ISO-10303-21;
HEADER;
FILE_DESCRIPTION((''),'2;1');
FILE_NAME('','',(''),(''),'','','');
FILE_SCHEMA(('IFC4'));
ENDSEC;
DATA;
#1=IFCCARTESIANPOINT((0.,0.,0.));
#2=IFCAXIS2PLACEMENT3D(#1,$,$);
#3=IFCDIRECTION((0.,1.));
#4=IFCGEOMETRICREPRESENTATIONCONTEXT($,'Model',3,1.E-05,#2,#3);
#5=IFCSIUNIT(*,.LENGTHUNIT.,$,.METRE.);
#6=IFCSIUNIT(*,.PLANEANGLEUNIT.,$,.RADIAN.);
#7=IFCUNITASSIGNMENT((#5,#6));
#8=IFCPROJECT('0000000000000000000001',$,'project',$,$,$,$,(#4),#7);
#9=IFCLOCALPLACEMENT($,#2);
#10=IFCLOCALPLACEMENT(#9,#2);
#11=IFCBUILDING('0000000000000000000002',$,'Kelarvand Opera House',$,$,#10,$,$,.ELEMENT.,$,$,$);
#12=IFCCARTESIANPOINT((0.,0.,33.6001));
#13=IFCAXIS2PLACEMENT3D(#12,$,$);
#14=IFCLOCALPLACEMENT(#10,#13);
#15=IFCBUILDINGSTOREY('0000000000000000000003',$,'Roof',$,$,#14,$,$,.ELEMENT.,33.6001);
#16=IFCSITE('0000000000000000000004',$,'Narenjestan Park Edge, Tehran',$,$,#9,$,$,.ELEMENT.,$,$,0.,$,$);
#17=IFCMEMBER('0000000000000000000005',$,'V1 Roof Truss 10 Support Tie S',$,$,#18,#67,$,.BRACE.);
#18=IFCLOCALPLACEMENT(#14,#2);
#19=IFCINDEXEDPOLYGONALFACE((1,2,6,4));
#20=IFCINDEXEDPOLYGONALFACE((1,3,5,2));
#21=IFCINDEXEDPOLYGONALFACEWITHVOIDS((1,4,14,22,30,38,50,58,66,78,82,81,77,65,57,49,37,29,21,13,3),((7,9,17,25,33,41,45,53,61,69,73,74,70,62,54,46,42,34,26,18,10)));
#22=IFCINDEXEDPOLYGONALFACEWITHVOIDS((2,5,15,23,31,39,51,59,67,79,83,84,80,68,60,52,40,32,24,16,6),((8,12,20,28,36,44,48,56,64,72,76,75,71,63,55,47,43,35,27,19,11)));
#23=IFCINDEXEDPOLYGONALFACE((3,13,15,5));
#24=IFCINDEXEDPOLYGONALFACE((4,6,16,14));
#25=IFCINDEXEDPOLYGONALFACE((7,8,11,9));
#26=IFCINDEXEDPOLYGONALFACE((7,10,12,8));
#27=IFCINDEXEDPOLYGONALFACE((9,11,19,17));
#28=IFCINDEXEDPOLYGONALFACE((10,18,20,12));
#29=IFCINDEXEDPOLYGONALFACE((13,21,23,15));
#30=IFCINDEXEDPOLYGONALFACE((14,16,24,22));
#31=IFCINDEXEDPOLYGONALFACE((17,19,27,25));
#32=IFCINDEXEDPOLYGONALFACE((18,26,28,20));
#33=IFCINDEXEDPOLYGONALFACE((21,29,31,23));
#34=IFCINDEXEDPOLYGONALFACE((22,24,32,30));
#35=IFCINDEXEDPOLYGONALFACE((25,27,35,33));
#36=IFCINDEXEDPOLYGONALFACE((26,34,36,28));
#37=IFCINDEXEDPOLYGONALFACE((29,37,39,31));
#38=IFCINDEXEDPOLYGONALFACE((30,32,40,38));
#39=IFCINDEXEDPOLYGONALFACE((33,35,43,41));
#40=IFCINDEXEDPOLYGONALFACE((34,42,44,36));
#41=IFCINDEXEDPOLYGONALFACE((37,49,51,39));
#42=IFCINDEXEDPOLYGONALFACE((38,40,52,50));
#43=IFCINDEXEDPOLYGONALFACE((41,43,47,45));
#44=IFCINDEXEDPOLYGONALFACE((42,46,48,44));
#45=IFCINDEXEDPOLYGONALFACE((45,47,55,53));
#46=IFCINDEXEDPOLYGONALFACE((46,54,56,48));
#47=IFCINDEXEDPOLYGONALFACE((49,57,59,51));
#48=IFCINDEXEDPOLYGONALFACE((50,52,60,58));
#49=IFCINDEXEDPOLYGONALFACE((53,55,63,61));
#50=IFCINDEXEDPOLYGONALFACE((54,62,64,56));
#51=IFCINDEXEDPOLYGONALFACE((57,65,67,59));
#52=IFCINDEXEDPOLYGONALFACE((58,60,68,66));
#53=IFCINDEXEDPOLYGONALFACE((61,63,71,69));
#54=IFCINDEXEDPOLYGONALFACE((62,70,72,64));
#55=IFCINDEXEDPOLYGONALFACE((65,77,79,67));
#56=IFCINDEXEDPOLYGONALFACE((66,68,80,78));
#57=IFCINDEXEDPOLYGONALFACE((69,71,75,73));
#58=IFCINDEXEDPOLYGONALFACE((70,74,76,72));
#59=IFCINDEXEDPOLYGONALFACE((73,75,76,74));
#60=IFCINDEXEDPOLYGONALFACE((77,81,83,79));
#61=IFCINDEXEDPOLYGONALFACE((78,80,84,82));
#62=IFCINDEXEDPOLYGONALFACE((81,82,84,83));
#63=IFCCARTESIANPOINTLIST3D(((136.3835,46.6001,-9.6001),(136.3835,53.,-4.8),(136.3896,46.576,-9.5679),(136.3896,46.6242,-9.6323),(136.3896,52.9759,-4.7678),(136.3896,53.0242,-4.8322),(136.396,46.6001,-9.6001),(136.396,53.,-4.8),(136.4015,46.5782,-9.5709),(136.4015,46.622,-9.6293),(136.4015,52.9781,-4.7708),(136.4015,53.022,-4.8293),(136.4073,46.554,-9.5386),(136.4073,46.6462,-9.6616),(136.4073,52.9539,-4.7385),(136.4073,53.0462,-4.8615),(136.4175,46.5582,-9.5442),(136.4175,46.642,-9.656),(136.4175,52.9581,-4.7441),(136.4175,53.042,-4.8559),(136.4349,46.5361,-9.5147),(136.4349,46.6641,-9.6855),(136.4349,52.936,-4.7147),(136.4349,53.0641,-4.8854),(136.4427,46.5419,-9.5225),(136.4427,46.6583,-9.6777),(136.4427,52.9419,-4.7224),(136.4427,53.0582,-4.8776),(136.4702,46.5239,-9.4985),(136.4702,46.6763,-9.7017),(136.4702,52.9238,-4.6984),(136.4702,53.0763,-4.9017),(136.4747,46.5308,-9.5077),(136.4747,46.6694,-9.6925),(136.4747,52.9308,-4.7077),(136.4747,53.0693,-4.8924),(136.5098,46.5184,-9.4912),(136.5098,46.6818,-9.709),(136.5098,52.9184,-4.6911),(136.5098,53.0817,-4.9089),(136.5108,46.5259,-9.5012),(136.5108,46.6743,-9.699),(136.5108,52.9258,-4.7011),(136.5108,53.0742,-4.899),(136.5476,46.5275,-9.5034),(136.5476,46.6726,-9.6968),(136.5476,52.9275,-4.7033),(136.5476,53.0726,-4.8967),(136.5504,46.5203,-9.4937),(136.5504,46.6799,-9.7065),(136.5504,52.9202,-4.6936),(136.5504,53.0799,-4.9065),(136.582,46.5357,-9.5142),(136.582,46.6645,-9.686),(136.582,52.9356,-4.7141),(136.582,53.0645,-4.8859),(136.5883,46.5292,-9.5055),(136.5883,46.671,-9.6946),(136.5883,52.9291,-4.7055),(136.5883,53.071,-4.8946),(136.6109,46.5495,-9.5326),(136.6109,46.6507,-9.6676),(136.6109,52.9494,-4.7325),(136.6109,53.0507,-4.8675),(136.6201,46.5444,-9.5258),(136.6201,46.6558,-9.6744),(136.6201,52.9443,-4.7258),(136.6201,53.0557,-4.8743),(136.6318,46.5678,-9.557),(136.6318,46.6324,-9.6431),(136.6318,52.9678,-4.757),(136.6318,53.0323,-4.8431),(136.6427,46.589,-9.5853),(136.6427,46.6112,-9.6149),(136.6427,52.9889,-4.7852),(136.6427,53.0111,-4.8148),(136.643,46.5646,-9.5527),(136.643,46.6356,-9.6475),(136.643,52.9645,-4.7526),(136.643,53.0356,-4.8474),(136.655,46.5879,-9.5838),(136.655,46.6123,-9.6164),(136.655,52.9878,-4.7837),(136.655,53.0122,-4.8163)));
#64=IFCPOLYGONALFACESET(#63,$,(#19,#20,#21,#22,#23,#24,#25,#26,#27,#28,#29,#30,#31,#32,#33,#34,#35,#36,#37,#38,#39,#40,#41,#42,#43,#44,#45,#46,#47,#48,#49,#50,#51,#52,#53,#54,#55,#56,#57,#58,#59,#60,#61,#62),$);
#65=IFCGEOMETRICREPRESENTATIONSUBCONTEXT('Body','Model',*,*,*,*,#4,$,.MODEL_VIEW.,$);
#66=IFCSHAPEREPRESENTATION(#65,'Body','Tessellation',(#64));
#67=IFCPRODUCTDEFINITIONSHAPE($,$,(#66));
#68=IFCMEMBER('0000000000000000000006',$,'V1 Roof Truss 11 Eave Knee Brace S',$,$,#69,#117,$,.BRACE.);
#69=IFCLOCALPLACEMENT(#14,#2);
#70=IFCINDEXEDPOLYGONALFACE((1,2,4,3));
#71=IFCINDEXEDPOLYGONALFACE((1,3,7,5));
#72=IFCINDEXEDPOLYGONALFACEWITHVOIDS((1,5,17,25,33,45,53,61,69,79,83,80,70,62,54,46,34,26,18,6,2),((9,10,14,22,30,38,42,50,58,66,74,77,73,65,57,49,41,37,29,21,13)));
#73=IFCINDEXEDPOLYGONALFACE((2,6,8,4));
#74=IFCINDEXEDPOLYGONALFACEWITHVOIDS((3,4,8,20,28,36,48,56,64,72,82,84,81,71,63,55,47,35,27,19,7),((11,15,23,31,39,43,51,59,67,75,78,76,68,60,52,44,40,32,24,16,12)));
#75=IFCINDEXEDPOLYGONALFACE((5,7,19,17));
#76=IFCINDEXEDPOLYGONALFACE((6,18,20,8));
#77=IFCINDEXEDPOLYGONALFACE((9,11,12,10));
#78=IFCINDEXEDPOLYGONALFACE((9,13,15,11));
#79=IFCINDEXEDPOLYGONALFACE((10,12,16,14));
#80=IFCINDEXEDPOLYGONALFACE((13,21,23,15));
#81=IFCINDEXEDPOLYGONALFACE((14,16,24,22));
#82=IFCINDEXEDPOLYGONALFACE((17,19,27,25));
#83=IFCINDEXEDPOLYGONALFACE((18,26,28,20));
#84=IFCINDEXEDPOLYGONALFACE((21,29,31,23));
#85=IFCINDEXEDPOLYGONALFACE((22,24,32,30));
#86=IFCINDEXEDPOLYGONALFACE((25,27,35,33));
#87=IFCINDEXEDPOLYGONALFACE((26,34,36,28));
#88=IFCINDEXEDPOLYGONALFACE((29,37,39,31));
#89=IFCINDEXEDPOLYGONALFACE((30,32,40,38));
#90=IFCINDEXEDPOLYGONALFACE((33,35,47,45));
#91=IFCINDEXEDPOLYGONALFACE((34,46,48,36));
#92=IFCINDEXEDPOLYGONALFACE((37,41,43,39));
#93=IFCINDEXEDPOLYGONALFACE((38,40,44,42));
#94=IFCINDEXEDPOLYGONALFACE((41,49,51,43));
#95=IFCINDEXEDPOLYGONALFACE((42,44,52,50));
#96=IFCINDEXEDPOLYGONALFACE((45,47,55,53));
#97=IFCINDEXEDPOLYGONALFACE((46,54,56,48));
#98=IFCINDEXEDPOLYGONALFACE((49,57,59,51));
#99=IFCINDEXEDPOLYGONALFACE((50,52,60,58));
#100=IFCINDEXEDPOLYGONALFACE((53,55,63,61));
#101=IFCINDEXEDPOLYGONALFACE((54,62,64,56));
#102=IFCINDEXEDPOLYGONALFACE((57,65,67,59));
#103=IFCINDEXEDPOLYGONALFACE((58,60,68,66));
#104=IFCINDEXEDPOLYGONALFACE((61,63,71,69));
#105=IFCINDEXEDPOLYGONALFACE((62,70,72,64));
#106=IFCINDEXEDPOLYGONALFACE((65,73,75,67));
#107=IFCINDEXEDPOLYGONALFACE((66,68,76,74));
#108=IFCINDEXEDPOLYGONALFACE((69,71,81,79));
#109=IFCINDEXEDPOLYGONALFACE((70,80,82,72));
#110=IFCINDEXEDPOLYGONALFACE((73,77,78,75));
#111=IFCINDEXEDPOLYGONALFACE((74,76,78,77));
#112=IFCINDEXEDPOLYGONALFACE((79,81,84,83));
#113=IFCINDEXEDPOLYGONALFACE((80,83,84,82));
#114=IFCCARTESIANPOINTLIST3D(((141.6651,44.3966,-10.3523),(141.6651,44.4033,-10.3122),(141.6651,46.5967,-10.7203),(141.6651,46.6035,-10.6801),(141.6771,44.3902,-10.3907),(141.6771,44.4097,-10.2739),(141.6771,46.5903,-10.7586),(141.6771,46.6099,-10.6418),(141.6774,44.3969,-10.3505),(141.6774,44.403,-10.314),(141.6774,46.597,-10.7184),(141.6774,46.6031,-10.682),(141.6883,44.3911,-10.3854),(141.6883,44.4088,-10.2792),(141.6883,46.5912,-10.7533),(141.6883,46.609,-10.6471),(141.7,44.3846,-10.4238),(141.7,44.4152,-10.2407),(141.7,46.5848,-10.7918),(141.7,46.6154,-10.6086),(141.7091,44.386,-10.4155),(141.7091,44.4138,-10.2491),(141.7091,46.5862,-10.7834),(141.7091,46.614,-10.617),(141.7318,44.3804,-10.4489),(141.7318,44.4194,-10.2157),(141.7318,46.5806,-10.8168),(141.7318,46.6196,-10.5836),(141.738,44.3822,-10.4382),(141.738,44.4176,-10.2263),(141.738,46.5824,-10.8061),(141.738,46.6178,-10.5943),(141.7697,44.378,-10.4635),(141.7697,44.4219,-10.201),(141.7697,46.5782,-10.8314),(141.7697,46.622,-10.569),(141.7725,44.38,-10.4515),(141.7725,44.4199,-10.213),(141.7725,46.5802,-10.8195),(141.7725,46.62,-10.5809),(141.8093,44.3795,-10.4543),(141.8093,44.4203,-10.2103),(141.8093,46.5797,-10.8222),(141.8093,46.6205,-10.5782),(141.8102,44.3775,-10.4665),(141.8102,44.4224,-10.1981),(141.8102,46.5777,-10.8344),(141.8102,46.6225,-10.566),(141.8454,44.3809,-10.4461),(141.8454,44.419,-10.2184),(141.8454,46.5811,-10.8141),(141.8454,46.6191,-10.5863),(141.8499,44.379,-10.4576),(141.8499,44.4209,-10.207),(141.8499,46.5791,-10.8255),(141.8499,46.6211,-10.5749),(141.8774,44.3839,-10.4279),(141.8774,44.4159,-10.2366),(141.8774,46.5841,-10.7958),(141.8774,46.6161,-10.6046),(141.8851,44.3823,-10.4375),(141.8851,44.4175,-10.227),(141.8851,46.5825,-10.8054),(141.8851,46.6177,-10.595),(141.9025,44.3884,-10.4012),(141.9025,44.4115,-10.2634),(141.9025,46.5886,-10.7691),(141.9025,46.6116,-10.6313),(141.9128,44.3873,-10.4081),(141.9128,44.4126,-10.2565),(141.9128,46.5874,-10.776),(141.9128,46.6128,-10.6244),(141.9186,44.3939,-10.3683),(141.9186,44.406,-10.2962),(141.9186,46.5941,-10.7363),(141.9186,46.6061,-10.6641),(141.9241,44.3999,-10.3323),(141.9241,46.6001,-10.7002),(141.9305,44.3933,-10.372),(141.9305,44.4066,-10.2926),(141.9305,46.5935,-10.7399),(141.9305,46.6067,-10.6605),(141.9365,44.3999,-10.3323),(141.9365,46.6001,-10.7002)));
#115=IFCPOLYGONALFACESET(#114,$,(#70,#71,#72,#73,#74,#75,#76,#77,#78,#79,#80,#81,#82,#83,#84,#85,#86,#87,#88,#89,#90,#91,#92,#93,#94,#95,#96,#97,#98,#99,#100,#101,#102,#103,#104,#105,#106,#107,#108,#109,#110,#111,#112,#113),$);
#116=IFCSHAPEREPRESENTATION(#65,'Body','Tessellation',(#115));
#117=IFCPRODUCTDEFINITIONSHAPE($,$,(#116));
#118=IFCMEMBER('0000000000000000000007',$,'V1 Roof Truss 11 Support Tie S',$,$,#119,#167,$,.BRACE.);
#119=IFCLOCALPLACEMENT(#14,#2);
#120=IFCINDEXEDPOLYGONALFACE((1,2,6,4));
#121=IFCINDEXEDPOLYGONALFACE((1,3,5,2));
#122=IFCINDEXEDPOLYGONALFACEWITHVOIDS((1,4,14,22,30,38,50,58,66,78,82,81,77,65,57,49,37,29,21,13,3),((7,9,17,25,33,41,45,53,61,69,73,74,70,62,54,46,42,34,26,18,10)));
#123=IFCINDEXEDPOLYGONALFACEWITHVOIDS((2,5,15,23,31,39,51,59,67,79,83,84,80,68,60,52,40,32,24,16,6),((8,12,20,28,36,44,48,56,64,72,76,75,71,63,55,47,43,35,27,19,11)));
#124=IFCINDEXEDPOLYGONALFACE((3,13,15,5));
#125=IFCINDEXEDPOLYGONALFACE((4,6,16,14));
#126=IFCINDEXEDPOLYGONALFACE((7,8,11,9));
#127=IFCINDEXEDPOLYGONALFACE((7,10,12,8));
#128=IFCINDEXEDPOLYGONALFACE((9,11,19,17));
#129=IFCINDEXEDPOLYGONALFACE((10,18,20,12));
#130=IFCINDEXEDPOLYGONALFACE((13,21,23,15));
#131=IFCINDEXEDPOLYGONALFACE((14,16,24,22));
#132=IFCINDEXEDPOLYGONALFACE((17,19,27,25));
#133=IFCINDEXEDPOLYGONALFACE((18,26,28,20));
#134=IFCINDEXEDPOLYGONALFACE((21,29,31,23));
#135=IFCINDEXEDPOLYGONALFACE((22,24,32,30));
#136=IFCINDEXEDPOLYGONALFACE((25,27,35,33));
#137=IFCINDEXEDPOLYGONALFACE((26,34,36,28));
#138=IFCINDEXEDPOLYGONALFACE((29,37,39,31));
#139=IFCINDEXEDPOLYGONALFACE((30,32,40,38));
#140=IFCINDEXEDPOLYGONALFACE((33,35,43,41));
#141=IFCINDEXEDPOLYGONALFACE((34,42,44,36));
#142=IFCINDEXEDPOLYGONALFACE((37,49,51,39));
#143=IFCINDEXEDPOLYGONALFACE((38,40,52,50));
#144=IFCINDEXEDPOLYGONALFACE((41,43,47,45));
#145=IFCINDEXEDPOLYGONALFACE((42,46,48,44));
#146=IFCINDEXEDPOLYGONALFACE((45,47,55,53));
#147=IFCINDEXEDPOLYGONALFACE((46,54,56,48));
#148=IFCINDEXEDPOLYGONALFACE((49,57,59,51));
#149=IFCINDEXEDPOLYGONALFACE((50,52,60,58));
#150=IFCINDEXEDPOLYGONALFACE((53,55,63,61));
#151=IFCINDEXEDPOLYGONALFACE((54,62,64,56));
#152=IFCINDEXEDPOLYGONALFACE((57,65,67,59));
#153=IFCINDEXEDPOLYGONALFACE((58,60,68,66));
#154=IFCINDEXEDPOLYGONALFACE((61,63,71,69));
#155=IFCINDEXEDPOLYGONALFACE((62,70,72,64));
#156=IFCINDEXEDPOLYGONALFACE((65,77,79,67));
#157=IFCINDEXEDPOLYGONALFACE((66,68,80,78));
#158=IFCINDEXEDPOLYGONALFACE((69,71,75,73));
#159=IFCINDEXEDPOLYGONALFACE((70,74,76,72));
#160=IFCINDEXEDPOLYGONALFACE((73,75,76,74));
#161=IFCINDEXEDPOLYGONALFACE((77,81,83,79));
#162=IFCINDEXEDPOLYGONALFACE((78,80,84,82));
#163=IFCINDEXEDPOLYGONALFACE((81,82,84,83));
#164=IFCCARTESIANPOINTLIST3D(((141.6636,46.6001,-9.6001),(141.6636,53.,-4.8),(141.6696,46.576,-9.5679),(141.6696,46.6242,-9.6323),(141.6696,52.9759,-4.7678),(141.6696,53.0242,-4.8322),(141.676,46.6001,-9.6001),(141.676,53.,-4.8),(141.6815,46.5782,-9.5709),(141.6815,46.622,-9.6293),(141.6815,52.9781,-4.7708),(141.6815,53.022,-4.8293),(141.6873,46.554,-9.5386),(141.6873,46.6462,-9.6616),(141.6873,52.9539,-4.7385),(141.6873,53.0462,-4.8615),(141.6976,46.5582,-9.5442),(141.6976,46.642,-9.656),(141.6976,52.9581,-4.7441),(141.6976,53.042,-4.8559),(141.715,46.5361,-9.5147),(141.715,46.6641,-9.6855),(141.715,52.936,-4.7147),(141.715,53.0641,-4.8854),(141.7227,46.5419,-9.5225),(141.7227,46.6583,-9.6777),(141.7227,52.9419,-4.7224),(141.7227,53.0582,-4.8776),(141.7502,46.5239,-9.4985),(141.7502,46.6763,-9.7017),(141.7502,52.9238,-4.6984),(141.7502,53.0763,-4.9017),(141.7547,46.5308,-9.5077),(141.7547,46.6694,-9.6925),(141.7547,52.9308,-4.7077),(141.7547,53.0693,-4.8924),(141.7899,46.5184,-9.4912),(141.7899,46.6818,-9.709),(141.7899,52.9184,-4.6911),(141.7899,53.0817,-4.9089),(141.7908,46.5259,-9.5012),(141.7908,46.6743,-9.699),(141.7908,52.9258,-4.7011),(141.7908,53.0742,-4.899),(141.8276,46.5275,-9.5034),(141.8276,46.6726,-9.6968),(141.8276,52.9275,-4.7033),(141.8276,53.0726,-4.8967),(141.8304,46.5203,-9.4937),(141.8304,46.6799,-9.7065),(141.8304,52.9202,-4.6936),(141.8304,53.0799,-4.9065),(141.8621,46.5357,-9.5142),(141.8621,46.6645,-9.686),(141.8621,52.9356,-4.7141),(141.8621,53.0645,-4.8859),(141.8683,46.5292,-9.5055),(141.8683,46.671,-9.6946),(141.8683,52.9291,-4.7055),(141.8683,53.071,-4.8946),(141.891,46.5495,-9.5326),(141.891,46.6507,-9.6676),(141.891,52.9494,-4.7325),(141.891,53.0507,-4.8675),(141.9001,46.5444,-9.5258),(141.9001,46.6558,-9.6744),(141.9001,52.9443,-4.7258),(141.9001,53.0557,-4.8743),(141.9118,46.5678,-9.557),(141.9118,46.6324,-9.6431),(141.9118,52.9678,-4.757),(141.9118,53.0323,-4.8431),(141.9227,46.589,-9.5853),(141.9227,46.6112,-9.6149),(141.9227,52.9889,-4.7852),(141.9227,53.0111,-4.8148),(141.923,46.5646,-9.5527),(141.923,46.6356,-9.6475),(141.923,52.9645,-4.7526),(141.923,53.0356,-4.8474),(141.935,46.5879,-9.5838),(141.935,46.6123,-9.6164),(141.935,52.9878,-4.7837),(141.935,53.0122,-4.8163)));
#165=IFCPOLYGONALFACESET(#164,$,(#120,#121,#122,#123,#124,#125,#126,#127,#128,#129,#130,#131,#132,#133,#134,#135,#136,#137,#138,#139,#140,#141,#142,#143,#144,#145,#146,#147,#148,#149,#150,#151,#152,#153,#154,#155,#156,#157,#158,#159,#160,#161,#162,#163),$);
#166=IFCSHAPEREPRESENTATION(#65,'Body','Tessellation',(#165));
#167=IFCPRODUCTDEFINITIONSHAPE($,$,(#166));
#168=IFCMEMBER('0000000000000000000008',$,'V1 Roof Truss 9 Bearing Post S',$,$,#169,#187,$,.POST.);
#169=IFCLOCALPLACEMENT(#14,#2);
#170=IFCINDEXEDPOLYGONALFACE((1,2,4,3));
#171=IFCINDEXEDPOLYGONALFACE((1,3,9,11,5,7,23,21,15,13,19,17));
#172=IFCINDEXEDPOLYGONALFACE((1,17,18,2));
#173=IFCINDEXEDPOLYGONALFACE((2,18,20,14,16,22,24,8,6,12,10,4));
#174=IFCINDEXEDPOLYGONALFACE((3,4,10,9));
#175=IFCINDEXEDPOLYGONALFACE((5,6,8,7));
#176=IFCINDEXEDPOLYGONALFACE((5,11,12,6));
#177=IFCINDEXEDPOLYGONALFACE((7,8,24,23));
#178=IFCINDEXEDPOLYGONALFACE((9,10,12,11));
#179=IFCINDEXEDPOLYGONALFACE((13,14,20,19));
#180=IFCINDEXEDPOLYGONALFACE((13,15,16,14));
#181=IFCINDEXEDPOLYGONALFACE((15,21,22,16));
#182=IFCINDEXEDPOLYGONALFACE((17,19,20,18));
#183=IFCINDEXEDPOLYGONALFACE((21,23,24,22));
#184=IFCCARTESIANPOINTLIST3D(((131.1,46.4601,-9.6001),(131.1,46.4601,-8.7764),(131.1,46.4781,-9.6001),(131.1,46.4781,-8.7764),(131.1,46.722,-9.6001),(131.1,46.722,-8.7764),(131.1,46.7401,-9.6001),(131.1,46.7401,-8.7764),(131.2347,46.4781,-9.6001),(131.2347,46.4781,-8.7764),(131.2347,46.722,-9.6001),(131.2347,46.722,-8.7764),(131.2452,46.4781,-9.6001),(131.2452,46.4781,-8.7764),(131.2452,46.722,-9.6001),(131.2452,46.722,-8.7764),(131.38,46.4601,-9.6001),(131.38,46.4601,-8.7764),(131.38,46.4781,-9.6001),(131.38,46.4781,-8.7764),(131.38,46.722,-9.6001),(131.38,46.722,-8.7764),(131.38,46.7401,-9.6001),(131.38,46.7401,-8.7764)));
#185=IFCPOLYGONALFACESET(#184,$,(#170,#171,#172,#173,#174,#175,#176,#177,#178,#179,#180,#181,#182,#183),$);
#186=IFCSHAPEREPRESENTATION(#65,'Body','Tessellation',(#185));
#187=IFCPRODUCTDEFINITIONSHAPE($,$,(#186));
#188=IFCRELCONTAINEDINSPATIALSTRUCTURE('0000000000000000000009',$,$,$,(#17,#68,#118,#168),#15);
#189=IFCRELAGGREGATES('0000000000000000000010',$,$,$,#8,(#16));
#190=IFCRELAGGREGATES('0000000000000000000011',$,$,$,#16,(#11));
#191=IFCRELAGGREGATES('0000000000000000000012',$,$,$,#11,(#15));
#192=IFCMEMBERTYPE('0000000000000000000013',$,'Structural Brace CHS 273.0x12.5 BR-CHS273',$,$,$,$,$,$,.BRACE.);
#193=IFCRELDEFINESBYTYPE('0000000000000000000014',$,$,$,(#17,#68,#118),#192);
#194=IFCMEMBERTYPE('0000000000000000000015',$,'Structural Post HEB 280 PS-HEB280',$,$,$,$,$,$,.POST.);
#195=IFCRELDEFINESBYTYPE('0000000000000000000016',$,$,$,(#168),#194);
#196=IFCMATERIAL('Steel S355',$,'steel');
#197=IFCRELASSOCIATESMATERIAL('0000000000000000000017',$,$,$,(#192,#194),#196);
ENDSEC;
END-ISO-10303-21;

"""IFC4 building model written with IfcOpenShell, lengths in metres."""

from ifc_helpers import new_model, si_unit, direction, frame, origin, origin_2d, place, context, subcontext, project, spatial, hollow_circle, i_section, extrude, material, material_profile, profile_set, type_object, element, save


model = new_model("IFC4")

# Units and contexts
model_context = context("Model", 3, precision=1e-05, world=origin(), true_north=direction((0.0, 1.0)))
body_context = subcontext(model_context, "Body", "Model", "MODEL_VIEW")
ifc_project = project(units=[si_unit("LENGTHUNIT", "METRE"), si_unit("PLANEANGLEUNIT", "RADIAN")], contexts=[model_context])

# Site, building, storey
site_placement = place(None, origin())
site = spatial("IfcSite", under=ifc_project, at=site_placement, Name="Narenjestan Park Edge, Tehran", CompositionType="ELEMENT", RefElevation=0.0)
building_placement = place(site_placement, origin())
building = spatial("IfcBuilding", under=site, at=building_placement, Name="Kelarvand Opera House", CompositionType="ELEMENT")
storey_placement = place(building_placement, frame((0.0, 0.0, 33.6001)))
storey = spatial("IfcBuildingStorey", under=building, at=storey_placement, Name="Roof", CompositionType="ELEMENT", Elevation=33.6001)

# Members
ifc_material = material(Name="Steel S355", Category="steel")
ifc_material_profile_1 = material_profile(ifc_material, hollow_circle(Radius=0.1365, WallThickness=0.0125, at=origin_2d()), Name="CHS 273.0x12.5", Category="steel")
ifc_profile_set_1 = profile_set([ifc_material_profile_1], Name="Steel S355")
member_type_1 = type_object("IfcMemberType", Name="Structural Brace CHS 273.0x12.5 BR-CHS273", PredefinedType="BRACE", material=ifc_profile_set_1)
member_1_placement = place(storey_placement, frame((136.52, 46.6001, -9.6001), z_axis=(0.0, 0.799993, 0.60001), x_axis=(-1.0, 0.0, 0.0)))
element("IfcMember", 1, at=member_1_placement, inside=storey, type_object=member_type_1, Name="V1 Roof Truss 10 Support Tie S", PredefinedType="BRACE", context=body_context, shape_type="SweptSolid", body=[
    extrude(hollow_circle(Radius=0.1365, WallThickness=0.0125, at=origin_2d()), origin(), (0.0, 0.0, 1.0), 8.0),
])
member_2_placement = place(storey_placement, frame((141.8, 46.6001, -10.7002), z_axis=(0.0, -0.986305, 0.164931), x_axis=(1.0, 0.0, 0.0)))
element("IfcMember", 2, at=member_2_placement, inside=storey, type_object=member_type_1, Name="V1 Roof Truss 11 Eave Knee Brace S", PredefinedType="BRACE", context=body_context, shape_type="SweptSolid", body=[
    extrude(hollow_circle(Radius=0.1365, WallThickness=0.0125, at=origin_2d()), origin(), (0.0, 0.0, 1.0), 2.2307),
])
member_3_placement = place(storey_placement, frame((141.8, 46.6001, -9.6001), z_axis=(0.0, 0.799993, 0.60001), x_axis=(-1.0, 0.0, 0.0)))
element("IfcMember", 3, at=member_3_placement, inside=storey, type_object=member_type_1, Name="V1 Roof Truss 11 Support Tie S", PredefinedType="BRACE", context=body_context, shape_type="SweptSolid", body=[
    extrude(hollow_circle(Radius=0.1365, WallThickness=0.0125, at=origin_2d()), origin(), (0.0, 0.0, 1.0), 8.0),
])
ifc_material_profile_2 = material_profile(ifc_material, i_section(OverallWidth=0.28, OverallDepth=0.28, WebThickness=0.0105, FlangeThickness=0.0181, at=origin_2d()), Name="HEB 280", Category="steel")
ifc_profile_set_2 = profile_set([ifc_material_profile_2], Name="Steel S355")
member_type_2 = type_object("IfcMemberType", Name="Structural Post HEB 280 PS-HEB280", PredefinedType="POST", material=ifc_profile_set_2)
for number, where, z_axis, x_axis, name in (
    (4, (131.24, 46.6001, -9.6001), (0.0, 0.0, 1.0), (1.0, 0.0, 0.0), "V1 Roof Truss 9 Bearing Post S"),
):
    element("IfcMember", number, at=place(storey_placement, frame(where, z_axis=z_axis, x_axis=x_axis)), inside=storey, type_object=member_type_2, Name=name, PredefinedType="POST", context=body_context, shape_type="SweptSolid", body=[
        extrude(i_section(OverallWidth=0.28, OverallDepth=0.28, WebThickness=0.0105, FlangeThickness=0.0181, at=origin_2d()), origin(), (0.0, 0.0, 1.0), 0.8237),
    ])

save(model, "model.ifc")
